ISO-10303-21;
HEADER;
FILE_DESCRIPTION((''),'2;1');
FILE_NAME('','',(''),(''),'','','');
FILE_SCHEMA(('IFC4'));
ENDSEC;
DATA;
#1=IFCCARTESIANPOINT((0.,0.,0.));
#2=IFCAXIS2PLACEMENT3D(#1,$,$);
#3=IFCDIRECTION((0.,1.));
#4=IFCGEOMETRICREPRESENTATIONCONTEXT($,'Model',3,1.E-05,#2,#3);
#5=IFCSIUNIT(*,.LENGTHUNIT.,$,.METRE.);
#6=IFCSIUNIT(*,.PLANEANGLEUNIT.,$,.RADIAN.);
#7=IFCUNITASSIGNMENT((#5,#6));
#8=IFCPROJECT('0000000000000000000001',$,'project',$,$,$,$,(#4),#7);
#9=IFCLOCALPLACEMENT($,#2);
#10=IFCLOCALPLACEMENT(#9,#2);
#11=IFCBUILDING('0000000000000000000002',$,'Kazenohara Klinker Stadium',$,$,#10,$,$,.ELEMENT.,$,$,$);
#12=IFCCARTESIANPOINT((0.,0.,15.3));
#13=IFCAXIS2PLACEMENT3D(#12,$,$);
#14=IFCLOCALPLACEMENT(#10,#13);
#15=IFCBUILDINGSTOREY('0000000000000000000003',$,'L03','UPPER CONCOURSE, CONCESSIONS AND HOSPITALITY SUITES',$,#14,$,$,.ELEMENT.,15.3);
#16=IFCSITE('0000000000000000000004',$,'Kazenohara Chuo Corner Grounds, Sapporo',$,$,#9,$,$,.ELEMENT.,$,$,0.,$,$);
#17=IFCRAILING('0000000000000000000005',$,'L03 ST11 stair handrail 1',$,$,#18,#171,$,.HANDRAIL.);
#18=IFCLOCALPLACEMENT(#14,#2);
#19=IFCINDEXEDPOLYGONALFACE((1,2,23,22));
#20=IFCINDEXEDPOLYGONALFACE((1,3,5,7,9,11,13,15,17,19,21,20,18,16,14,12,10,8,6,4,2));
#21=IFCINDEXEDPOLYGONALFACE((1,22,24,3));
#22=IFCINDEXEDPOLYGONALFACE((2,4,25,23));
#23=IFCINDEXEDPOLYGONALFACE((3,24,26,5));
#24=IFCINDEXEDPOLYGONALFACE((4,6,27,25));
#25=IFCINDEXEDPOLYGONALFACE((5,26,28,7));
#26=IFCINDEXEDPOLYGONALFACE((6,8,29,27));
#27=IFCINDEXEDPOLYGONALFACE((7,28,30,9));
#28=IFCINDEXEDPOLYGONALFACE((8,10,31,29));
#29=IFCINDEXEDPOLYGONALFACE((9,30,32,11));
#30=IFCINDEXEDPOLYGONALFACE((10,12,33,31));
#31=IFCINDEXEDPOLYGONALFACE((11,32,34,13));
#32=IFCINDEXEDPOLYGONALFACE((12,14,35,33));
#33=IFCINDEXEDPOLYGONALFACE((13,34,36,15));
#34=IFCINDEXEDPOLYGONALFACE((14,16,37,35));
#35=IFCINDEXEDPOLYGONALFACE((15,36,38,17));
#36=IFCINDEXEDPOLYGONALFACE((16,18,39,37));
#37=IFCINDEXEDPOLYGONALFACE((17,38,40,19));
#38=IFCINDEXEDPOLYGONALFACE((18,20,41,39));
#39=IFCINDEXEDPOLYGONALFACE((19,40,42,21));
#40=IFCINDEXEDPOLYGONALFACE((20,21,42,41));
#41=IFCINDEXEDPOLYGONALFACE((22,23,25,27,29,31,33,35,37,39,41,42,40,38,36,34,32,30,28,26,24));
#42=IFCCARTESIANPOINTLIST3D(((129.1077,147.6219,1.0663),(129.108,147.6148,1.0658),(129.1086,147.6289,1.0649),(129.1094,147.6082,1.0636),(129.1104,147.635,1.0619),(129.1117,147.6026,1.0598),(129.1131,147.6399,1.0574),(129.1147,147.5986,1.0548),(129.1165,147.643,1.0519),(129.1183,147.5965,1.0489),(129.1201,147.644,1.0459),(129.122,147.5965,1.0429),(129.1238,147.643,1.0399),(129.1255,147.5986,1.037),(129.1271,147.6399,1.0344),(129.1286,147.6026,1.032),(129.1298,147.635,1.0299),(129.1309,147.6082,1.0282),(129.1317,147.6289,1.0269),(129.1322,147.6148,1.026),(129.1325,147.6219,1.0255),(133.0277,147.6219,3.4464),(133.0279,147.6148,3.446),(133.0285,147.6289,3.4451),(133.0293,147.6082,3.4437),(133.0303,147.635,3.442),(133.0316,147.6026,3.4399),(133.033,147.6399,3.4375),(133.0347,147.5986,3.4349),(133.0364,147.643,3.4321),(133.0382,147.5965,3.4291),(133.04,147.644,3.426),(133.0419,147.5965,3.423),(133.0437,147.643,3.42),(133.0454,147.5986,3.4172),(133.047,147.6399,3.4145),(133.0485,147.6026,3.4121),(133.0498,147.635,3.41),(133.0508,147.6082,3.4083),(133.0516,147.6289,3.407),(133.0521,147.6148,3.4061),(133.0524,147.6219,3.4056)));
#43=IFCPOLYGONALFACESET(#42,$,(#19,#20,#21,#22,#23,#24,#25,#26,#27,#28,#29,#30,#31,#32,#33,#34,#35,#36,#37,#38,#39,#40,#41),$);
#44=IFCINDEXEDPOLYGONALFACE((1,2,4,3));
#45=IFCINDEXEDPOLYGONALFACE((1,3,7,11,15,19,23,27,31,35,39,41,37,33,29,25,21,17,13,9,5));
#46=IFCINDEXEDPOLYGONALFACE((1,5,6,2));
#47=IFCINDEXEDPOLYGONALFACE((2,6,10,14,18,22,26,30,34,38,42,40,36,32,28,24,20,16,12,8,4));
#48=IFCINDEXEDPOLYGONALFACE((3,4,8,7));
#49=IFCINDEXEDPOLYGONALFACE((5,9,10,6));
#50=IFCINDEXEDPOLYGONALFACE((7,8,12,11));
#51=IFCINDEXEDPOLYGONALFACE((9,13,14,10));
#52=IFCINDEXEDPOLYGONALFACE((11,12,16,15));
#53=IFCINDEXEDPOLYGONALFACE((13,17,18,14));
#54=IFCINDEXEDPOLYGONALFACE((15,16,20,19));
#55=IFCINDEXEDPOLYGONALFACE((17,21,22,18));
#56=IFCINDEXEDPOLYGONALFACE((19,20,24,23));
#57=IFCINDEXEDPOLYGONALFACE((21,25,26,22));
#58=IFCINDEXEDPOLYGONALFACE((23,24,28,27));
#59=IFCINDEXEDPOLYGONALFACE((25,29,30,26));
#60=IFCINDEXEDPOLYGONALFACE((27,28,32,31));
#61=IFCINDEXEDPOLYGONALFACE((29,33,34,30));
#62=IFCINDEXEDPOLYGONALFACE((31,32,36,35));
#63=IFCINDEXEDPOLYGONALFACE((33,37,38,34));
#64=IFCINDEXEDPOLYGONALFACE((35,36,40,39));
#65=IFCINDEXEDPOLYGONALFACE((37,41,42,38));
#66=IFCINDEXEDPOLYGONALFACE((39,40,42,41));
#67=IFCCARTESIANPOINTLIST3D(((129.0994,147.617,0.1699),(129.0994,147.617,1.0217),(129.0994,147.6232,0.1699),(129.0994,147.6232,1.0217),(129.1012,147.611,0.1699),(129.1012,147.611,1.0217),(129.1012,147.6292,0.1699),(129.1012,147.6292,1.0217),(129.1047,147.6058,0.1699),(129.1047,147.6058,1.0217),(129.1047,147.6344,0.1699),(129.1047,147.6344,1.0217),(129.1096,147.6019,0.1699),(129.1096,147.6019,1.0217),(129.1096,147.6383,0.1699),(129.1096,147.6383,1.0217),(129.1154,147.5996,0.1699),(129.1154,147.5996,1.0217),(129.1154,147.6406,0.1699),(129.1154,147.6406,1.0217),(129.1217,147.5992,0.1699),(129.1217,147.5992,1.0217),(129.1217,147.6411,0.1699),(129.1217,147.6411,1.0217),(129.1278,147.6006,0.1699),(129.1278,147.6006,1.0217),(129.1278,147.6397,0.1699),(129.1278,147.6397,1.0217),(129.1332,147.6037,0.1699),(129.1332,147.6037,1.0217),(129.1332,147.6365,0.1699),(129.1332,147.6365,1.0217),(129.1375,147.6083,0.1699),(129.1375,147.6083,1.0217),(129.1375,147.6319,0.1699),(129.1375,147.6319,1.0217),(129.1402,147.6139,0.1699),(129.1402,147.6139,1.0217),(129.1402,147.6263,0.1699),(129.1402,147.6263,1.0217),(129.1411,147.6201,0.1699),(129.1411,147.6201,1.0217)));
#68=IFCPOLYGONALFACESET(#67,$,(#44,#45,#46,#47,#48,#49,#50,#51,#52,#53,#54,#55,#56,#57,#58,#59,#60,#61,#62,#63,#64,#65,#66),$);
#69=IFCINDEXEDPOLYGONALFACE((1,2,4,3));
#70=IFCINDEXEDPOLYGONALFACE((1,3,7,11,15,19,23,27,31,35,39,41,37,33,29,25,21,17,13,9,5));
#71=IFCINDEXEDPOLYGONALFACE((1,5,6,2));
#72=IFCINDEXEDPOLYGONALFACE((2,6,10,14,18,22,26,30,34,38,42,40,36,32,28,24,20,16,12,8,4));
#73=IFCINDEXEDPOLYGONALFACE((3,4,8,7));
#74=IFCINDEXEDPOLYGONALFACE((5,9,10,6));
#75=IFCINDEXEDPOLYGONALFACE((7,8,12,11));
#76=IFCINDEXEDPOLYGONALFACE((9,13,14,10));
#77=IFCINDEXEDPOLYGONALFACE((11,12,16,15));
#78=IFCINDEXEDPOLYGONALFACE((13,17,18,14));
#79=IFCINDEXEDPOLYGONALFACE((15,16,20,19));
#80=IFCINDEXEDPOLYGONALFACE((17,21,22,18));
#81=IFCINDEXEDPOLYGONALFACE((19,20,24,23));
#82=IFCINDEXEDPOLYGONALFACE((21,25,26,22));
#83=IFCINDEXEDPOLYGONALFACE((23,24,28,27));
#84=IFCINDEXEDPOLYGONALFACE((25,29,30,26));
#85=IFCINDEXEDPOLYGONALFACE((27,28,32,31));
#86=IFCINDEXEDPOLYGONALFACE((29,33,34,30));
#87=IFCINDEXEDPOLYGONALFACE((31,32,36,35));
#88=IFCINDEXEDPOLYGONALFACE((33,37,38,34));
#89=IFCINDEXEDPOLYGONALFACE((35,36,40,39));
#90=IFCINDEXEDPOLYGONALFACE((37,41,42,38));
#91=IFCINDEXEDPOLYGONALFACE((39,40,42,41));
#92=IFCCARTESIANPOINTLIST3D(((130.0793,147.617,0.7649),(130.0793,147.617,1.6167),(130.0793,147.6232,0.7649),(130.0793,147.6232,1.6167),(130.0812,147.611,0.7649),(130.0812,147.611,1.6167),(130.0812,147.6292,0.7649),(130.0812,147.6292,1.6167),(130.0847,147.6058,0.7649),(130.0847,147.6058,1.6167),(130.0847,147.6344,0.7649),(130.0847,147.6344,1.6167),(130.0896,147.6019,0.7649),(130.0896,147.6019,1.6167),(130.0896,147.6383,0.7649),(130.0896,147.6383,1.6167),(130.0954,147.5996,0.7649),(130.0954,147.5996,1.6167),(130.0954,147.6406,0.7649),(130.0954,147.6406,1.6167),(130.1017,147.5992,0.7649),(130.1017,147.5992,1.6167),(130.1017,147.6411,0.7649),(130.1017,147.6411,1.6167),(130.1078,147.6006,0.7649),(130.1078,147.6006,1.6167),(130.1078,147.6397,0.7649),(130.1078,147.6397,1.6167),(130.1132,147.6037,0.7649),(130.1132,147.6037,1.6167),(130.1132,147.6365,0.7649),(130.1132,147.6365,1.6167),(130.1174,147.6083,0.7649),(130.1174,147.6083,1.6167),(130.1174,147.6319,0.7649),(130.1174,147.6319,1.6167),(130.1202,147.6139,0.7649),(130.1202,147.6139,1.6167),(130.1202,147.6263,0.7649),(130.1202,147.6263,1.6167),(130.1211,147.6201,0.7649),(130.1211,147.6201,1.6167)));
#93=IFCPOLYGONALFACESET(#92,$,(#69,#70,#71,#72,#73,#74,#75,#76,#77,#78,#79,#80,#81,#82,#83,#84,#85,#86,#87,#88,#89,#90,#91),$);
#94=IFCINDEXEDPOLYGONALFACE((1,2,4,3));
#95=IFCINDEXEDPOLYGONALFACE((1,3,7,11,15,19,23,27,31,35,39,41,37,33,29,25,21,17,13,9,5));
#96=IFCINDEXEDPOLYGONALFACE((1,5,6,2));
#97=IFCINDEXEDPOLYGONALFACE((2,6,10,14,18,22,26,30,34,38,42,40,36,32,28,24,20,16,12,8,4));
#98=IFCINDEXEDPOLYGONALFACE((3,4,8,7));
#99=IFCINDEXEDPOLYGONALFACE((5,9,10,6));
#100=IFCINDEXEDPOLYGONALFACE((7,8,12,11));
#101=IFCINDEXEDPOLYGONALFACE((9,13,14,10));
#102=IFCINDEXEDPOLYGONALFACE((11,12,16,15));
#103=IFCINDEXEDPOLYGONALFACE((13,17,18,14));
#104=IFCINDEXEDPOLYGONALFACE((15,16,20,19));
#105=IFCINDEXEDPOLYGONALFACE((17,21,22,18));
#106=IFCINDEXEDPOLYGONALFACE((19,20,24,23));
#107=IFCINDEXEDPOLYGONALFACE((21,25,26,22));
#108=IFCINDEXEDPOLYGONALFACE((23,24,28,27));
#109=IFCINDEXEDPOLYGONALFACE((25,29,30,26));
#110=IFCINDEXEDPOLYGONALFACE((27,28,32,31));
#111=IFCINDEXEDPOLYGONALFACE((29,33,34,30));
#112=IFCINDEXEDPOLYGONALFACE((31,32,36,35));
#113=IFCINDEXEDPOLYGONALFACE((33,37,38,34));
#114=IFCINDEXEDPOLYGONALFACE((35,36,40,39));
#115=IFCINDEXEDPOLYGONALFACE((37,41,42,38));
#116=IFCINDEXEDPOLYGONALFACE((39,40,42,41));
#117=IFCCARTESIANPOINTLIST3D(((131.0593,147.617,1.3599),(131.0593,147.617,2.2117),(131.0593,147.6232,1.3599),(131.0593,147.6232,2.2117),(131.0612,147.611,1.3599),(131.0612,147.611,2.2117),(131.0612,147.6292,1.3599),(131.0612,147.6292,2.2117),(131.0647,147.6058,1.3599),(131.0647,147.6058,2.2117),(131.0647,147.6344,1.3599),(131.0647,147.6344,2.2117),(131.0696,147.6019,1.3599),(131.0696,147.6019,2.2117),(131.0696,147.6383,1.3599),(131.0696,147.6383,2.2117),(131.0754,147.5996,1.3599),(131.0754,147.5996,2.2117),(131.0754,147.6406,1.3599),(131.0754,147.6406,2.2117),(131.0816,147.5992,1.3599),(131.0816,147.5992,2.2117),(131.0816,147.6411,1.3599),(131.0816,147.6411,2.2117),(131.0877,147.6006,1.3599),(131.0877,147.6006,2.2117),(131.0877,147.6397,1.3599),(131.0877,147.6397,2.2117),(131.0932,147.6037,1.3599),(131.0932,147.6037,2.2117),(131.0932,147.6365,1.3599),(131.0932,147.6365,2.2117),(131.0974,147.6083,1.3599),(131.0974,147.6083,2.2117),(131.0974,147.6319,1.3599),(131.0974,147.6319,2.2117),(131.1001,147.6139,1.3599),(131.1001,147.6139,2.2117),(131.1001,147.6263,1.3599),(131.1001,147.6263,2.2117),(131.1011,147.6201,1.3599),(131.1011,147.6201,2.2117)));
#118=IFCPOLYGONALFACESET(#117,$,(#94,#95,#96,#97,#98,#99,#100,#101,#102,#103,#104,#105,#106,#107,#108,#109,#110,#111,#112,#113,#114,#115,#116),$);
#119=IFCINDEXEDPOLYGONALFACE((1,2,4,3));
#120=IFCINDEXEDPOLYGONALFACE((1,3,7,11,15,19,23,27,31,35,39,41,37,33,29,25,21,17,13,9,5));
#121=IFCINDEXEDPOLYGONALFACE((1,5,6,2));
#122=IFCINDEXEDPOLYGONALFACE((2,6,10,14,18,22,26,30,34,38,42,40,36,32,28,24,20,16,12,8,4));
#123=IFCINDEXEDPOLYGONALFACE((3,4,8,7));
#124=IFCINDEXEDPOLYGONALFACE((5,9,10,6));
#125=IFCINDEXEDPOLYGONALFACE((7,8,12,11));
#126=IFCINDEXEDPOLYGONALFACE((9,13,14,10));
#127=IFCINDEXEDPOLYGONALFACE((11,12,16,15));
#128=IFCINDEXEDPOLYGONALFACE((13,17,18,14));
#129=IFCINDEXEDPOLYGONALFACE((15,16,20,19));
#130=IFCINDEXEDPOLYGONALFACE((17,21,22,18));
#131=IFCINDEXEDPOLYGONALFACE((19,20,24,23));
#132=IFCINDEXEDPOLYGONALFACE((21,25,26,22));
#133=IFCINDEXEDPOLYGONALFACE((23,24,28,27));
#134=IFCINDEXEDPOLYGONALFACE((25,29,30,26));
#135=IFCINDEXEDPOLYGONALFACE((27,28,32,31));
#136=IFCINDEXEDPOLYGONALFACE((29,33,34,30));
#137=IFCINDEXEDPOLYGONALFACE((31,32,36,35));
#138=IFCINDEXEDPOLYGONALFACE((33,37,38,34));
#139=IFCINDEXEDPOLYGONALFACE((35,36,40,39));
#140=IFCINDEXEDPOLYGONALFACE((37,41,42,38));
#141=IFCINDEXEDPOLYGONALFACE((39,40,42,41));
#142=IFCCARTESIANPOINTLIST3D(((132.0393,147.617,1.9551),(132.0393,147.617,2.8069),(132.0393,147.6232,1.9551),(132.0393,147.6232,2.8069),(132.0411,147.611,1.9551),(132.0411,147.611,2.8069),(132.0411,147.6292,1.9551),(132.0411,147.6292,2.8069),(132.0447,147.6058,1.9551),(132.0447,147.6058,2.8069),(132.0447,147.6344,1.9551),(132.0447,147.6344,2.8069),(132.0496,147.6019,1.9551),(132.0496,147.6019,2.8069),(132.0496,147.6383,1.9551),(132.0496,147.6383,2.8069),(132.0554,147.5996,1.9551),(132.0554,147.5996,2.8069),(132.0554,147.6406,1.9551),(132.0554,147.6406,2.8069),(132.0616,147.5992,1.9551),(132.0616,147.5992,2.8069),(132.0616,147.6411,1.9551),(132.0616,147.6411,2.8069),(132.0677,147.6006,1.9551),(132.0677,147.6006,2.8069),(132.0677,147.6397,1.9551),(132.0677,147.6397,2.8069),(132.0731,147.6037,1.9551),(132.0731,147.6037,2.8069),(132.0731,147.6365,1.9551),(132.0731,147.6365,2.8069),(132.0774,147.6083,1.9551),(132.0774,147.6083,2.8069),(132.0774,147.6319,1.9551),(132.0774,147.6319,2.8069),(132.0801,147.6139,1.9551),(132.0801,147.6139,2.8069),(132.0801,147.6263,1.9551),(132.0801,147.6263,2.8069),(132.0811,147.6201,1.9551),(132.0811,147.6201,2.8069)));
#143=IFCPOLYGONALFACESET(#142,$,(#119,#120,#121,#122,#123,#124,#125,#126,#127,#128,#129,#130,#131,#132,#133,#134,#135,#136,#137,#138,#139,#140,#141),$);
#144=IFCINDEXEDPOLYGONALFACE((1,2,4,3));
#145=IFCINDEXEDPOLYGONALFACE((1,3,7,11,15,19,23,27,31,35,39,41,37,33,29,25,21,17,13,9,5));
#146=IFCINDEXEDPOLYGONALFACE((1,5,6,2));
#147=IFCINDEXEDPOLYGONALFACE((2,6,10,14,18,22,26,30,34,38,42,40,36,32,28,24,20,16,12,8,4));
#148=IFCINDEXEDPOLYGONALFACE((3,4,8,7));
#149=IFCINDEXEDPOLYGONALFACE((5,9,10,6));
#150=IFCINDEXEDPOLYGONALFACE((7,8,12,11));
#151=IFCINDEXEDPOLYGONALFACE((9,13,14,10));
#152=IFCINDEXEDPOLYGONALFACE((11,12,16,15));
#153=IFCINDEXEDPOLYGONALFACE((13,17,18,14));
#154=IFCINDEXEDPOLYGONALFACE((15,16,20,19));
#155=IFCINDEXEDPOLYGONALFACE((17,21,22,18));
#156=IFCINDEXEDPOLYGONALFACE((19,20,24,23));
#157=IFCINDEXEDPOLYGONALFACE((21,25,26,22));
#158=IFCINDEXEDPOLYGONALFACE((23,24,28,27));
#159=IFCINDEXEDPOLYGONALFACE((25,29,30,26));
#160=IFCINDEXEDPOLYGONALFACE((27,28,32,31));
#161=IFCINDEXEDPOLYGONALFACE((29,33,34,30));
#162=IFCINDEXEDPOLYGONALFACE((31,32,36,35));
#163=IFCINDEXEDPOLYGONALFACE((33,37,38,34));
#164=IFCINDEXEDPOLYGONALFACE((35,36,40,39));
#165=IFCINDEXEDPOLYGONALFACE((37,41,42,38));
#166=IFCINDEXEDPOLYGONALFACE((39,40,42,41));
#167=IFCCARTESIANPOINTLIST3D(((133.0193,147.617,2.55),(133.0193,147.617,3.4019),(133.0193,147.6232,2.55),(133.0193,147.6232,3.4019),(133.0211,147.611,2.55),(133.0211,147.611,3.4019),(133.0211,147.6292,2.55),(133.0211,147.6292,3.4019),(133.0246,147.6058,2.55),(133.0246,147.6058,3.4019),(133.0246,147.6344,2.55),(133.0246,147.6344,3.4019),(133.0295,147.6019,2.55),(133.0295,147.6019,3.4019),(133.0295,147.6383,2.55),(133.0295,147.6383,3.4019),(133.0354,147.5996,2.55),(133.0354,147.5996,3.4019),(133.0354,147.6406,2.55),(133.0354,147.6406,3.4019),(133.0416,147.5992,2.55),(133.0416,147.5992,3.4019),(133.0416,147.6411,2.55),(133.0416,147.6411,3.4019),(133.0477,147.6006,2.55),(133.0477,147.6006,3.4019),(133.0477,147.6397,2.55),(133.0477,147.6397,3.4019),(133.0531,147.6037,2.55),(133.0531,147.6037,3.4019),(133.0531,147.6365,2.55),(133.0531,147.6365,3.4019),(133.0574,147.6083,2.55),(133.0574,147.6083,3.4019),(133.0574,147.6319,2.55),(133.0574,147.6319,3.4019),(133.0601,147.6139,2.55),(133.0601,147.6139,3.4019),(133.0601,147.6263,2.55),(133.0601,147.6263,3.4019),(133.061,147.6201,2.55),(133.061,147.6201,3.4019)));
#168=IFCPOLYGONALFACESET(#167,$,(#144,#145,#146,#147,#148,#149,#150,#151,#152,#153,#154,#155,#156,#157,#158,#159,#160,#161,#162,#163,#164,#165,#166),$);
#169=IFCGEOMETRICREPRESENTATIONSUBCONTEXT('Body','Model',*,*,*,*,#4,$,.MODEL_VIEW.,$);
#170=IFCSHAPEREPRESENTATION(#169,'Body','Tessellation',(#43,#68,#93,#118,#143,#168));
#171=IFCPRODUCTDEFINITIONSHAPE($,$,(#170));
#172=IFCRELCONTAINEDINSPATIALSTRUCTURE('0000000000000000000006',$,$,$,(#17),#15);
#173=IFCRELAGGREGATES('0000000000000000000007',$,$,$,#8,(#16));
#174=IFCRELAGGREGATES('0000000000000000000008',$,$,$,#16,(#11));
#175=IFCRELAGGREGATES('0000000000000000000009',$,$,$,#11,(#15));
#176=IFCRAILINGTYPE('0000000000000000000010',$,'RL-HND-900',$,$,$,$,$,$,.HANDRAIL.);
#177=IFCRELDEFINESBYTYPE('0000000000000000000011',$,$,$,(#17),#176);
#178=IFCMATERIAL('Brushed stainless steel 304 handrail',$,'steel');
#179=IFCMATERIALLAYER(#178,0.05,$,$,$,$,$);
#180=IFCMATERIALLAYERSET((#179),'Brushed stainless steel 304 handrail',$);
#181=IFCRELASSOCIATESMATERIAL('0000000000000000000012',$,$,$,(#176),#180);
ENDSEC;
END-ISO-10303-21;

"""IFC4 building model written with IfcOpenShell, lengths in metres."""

from ifc_helpers import new_model, si_unit, direction, frame, origin, origin_2d, place, context, subcontext, project, spatial, circle, extrude, material, layer, layer_set, type_object, element, save


model = new_model("IFC4")

# Units and contexts
model_context = context("Model", 3, precision=1e-05, world=origin(), true_north=direction((0.0, 1.0)))
body_context = subcontext(model_context, "Body", "Model", "MODEL_VIEW")
ifc_project = project(units=[si_unit("LENGTHUNIT", "METRE"), si_unit("PLANEANGLEUNIT", "RADIAN")], contexts=[model_context])

# Site, building, storey
site_placement = place(None, origin())
site = spatial("IfcSite", under=ifc_project, at=site_placement, Name="Kazenohara Chuo Corner Grounds, Sapporo", CompositionType="ELEMENT", RefElevation=0.0)
building_placement = place(site_placement, origin())
building = spatial("IfcBuilding", under=site, at=building_placement, Name="Kazenohara Klinker Stadium", CompositionType="ELEMENT")
storey_placement = place(building_placement, frame((0.0, 0.0, 15.3)))
storey = spatial("IfcBuildingStorey", under=building, at=storey_placement, Name="L03", Description="UPPER CONCOURSE, CONCESSIONS AND HOSPITALITY SUITES", CompositionType="ELEMENT", Elevation=15.3)

# Railing
ifc_material_1 = material(Name="Brushed stainless steel 304 handrail", Category="steel")
ifc_layer_1 = layer(ifc_material_1, 0.05)
ifc_layer_set_1 = layer_set([ifc_layer_1], Name="Brushed stainless steel 304 handrail")
railing_type_1 = type_object("IfcRailingType", Name="RL-HND-900", PredefinedType="HANDRAIL", material=ifc_layer_set_1)
railing_1_placement = place(storey_placement, frame((129.1201, 147.6201, 0.1699)))
element("IfcRailing", 1, at=railing_1_placement, inside=storey, type_object=railing_type_1, Name="L03 ST11 stair handrail 1", PredefinedType="HANDRAIL", context=body_context, shape_type="SweptSolid", body=[
    extrude(circle(Radius=0.0239, at=origin_2d()), frame((0.0, 0.0, 0.876), z_axis=(0.854771, 0.0, 0.519006), x_axis=(0.0, 1.0, 0.0)), (0.0, 0.0, 1.0), 4.5859),
    extrude(circle(Radius=0.021, at=origin_2d()), origin(), (0.0, 0.0, 1.0), 0.8518),
    extrude(circle(Radius=0.021, at=origin_2d()), frame((0.98, 0.0, 0.595)), (0.0, 0.0, 1.0), 0.8518),
    extrude(circle(Radius=0.021, at=origin_2d()), frame((1.96, 0.0, 1.1899)), (0.0, 0.0, 1.0), 0.8518),
    extrude(circle(Radius=0.021, at=origin_2d()), frame((2.9399, 0.0, 1.7852)), (0.0, 0.0, 1.0), 0.8518),
    extrude(circle(Radius=0.021, at=origin_2d()), frame((3.9199, 0.0, 2.3801)), (0.0, 0.0, 1.0), 0.8518),
])

save(model, "model.ifc")
